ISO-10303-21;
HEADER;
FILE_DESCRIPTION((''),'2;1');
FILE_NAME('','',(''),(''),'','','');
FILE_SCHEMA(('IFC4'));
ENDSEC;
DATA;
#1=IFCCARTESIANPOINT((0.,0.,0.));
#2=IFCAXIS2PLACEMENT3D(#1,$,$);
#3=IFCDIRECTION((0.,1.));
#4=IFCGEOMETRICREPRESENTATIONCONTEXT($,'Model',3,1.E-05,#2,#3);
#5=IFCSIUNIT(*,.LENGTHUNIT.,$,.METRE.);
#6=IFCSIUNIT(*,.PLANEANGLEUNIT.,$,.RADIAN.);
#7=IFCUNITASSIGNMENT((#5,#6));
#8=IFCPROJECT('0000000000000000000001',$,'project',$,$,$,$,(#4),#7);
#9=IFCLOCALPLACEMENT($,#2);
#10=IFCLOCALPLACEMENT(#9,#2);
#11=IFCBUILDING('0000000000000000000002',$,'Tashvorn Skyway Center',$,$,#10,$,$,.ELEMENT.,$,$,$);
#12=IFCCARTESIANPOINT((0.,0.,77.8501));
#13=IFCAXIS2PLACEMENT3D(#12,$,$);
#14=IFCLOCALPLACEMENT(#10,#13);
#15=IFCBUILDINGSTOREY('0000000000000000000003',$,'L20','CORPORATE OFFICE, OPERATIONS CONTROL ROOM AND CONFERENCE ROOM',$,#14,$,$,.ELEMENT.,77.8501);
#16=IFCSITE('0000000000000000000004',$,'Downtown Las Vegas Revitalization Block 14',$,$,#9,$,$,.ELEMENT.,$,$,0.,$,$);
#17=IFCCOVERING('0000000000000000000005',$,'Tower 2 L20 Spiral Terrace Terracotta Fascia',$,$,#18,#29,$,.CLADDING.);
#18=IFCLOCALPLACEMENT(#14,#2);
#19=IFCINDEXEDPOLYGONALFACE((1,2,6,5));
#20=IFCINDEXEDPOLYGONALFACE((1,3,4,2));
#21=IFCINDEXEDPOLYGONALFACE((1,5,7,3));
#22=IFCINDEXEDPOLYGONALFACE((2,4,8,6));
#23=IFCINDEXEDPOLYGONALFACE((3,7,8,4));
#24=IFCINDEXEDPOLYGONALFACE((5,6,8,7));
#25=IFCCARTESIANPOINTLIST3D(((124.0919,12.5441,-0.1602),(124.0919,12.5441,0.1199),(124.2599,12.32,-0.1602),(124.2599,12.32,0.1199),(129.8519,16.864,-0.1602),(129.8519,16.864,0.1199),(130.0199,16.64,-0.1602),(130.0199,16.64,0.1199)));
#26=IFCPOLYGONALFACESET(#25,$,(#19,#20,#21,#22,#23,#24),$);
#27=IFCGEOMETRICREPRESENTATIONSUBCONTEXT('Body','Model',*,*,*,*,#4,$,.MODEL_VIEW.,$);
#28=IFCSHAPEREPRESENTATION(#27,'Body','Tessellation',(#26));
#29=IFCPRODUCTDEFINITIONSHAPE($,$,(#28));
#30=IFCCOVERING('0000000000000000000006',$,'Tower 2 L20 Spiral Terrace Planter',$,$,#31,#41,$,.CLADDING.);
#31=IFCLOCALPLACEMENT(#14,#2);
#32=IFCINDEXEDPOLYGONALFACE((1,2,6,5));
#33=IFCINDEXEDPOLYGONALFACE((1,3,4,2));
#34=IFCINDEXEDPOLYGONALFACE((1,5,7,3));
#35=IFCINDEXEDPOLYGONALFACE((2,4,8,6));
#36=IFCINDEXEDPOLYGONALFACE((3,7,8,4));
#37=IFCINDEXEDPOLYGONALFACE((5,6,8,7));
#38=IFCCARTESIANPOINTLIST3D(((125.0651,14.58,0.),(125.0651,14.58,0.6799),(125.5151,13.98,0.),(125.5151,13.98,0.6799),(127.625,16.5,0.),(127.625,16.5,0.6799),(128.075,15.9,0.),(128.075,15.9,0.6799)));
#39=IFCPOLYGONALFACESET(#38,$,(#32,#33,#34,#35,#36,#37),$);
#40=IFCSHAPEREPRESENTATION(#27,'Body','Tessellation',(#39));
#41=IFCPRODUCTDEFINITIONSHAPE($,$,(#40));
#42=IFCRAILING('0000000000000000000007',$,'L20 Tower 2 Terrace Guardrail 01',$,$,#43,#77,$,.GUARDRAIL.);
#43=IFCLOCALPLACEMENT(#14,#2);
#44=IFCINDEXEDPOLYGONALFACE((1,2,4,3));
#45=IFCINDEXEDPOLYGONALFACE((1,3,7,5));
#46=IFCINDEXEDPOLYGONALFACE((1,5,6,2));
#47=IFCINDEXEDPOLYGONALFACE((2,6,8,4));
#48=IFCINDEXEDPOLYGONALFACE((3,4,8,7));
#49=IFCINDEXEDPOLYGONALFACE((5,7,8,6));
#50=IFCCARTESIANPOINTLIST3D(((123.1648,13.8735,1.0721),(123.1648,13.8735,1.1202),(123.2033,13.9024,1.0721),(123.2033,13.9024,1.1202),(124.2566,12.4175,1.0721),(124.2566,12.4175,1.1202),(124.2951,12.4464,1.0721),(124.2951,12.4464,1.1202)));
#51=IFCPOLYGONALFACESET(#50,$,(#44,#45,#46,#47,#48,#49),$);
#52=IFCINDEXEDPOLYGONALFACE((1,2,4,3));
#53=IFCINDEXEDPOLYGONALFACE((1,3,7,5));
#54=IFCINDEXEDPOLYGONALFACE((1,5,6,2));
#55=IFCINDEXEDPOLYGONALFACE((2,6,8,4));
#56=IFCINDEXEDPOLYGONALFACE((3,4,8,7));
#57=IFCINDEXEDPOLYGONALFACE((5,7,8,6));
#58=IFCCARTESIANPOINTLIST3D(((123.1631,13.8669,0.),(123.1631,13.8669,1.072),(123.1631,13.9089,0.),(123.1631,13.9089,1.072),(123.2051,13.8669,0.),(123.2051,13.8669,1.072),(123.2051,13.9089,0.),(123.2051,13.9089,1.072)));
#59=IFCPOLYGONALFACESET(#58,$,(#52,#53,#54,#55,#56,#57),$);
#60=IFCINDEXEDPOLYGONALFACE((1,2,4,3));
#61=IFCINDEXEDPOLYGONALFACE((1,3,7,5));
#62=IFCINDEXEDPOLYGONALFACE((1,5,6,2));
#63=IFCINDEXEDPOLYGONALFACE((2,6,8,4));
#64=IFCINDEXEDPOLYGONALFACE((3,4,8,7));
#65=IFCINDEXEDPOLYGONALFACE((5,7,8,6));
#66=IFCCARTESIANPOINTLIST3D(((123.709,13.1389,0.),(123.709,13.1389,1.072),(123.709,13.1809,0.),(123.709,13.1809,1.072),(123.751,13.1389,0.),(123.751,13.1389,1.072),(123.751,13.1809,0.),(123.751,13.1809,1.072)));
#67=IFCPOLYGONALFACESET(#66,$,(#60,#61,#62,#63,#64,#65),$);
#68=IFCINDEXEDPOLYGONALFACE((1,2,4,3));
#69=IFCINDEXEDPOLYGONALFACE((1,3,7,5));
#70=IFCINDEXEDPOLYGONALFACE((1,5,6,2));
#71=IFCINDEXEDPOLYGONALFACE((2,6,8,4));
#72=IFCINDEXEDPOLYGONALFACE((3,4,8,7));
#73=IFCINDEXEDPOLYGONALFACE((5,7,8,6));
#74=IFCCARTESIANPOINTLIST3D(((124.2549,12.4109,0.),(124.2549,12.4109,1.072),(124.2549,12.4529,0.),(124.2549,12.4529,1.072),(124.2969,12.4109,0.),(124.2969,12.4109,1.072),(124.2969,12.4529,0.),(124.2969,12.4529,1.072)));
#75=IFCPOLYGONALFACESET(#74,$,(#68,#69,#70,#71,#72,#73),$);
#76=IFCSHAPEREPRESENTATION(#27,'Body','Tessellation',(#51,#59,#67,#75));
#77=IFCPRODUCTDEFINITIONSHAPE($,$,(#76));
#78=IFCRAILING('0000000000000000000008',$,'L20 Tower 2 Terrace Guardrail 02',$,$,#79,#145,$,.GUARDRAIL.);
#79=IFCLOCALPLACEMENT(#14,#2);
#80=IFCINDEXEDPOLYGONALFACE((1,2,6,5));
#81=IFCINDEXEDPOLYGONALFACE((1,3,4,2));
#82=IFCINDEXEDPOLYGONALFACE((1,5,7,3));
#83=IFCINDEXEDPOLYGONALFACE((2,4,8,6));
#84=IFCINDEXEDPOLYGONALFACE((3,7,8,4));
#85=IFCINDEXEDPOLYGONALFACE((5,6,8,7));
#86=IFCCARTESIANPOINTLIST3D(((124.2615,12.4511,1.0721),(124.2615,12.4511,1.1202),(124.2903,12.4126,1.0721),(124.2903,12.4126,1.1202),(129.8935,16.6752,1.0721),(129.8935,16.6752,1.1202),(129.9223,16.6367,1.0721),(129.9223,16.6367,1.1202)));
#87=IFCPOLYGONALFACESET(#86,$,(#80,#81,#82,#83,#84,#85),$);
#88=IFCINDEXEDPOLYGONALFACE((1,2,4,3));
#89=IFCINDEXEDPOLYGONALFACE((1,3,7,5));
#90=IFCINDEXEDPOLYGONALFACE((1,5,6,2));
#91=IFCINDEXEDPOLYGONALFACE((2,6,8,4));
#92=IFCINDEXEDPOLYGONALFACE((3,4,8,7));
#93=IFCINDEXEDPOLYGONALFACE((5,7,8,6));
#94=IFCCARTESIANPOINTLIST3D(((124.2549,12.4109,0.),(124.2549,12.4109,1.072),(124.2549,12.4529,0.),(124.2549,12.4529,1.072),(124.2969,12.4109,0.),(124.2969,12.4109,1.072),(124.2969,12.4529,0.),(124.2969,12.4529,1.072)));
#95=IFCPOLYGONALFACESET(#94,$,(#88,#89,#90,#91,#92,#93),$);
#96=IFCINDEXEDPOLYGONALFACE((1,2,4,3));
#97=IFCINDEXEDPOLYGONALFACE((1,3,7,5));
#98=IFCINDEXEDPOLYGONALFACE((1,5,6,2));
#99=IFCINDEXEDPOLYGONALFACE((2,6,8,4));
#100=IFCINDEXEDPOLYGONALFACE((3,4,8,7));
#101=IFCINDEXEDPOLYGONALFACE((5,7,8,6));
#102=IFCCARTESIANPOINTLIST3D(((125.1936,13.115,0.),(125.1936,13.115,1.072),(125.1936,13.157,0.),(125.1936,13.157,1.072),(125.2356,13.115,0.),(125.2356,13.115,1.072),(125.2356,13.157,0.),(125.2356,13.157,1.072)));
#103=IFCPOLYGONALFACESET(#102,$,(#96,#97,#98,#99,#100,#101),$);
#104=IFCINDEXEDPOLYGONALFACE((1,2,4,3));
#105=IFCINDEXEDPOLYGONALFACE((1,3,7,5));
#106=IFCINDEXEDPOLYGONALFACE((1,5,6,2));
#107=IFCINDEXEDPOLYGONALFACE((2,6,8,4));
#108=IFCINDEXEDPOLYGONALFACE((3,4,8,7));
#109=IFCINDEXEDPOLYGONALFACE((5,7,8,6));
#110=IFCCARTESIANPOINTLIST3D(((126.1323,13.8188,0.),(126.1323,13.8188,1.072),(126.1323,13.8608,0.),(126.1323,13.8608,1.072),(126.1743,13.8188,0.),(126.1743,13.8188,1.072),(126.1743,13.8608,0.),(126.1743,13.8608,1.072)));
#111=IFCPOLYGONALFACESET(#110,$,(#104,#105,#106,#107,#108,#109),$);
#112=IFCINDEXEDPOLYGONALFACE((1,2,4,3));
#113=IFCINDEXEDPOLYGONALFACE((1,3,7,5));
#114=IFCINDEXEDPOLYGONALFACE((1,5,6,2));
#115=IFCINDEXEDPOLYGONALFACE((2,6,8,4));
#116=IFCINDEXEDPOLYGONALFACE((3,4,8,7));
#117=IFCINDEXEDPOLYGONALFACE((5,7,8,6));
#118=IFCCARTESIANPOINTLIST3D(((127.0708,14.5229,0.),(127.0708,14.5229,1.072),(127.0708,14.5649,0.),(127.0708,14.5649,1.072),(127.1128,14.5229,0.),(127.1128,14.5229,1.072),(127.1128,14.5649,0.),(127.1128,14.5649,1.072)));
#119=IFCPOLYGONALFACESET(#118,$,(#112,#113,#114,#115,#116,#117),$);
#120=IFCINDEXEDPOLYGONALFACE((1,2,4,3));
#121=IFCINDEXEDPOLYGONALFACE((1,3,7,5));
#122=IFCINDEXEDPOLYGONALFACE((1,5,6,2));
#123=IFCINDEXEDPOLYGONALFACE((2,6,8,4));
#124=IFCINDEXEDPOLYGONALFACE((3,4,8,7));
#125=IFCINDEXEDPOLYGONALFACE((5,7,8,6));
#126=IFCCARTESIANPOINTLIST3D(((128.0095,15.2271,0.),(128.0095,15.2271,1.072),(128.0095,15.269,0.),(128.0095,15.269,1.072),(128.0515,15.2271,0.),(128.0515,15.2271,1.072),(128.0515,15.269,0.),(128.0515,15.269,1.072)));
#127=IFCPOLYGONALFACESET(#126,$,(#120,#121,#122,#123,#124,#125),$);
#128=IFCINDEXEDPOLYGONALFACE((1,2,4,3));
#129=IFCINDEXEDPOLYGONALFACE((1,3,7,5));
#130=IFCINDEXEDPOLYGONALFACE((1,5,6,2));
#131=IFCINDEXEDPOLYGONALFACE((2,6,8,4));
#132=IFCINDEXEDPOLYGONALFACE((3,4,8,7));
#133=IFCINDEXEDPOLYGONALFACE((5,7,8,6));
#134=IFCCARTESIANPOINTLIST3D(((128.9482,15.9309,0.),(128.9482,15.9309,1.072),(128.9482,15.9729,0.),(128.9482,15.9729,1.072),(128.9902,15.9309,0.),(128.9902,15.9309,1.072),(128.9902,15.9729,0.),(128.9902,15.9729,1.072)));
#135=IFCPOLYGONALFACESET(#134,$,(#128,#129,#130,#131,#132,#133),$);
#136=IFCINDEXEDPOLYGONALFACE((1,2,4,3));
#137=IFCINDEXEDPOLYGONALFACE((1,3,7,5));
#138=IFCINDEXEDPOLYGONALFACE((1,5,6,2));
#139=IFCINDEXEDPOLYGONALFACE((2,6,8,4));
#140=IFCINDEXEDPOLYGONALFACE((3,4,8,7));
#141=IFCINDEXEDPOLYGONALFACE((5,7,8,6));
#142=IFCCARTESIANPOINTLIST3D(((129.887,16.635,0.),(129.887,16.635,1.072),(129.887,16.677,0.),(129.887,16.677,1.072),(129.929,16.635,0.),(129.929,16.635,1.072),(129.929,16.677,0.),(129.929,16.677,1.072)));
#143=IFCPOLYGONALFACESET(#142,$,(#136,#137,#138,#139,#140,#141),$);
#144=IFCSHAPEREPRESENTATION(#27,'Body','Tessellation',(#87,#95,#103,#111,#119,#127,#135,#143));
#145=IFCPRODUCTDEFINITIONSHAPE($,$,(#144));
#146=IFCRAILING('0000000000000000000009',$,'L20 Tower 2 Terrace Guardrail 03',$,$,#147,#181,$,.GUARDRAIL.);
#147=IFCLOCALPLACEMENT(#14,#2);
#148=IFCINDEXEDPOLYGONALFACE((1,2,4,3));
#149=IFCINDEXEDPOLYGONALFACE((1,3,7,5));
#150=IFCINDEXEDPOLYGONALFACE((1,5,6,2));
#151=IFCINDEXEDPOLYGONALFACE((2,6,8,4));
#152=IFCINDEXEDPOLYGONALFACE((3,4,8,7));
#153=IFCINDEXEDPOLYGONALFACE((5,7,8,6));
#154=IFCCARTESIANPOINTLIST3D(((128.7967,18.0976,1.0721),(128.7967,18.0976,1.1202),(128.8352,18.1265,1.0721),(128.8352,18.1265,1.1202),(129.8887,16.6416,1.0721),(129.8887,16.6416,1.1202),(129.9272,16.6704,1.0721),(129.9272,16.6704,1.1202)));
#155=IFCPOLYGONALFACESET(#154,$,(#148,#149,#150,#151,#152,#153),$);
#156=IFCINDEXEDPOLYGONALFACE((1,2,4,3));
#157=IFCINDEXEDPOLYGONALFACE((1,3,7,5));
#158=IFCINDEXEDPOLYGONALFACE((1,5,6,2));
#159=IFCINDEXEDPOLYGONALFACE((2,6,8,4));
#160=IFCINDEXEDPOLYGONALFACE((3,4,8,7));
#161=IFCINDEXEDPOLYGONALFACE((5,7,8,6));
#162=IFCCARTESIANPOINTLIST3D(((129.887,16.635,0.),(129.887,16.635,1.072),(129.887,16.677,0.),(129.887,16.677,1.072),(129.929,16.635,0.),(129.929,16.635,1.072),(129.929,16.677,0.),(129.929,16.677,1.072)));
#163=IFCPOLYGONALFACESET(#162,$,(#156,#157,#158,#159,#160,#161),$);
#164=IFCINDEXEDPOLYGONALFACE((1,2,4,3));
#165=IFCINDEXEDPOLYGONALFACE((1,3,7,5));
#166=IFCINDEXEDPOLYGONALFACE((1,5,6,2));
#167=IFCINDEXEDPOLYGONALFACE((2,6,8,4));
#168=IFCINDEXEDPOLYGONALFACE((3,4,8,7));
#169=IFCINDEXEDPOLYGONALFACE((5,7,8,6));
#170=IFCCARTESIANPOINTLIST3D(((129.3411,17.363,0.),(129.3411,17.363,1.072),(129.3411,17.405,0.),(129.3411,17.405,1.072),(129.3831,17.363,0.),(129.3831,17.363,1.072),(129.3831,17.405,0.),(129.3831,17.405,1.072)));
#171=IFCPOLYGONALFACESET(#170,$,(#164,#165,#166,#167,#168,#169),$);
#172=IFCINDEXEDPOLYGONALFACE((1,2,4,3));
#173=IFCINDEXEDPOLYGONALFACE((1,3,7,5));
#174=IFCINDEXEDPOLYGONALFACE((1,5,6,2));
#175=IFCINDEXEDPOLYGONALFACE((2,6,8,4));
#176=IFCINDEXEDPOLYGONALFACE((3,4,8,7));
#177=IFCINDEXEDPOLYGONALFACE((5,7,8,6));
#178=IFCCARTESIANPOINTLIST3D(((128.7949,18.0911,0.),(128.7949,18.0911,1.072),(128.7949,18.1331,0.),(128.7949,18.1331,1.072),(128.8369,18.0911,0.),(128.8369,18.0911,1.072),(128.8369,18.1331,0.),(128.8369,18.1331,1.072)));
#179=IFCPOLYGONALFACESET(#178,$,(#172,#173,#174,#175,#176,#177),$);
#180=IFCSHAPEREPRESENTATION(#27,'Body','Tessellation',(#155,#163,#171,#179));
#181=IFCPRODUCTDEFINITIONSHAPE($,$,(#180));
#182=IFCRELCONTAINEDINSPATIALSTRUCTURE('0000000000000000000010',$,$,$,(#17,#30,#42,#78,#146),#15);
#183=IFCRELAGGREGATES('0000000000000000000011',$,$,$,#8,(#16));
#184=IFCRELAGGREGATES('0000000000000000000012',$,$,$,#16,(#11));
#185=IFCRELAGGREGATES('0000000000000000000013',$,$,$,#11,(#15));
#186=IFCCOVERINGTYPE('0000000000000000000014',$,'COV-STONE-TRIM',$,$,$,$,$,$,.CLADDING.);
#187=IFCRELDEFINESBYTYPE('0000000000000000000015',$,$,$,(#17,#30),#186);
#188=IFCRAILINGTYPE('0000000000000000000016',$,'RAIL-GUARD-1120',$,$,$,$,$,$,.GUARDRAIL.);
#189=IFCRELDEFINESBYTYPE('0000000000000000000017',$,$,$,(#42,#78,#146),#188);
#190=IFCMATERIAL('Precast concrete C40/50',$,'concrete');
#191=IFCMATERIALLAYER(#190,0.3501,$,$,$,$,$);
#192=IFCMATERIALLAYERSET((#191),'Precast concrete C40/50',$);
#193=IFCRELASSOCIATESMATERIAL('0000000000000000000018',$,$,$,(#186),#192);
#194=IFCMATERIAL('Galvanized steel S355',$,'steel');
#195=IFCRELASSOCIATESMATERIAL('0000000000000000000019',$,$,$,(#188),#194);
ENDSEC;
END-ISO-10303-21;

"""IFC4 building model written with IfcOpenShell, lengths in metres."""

from ifc_helpers import new_model, si_unit, direction, frame, origin, origin_2d, place, context, subcontext, project, spatial, rectangle, extrude, material, layer, layer_set, type_object, element, save


model = new_model("IFC4")

# Units and contexts
model_context = context("Model", 3, precision=1e-05, world=origin(), true_north=direction((0.0, 1.0)))
body_context = subcontext(model_context, "Body", "Model", "MODEL_VIEW")
ifc_project = project(units=[si_unit("LENGTHUNIT", "METRE"), si_unit("PLANEANGLEUNIT", "RADIAN")], contexts=[model_context])

# Site, building, storey
site_placement = place(None, origin())
site = spatial("IfcSite", under=ifc_project, at=site_placement, Name="Downtown Las Vegas Revitalization Block 14", CompositionType="ELEMENT", RefElevation=0.0)
building_placement = place(site_placement, origin())
building = spatial("IfcBuilding", under=site, at=building_placement, Name="Tashvorn Skyway Center", CompositionType="ELEMENT")
storey_placement = place(building_placement, frame((0.0, 0.0, 77.8501)))
storey = spatial("IfcBuildingStorey", under=building, at=storey_placement, Name="L20", Description="CORPORATE OFFICE, OPERATIONS CONTROL ROOM AND CONFERENCE ROOM", CompositionType="ELEMENT", Elevation=77.8501)

# Shared definitions
ifc_material_1 = material(Name="Precast concrete C40/50", Category="concrete")

# Coverings
ifc_layer_1 = layer(ifc_material_1, 0.3501)
ifc_layer_set_1 = layer_set([ifc_layer_1], Name="Precast concrete C40/50")
covering_type_1 = type_object("IfcCoveringType", Name="COV-STONE-TRIM", PredefinedType="CLADDING", material=ifc_layer_set_1)
covering_1_placement = place(storey_placement, frame((127.0559, 14.592, -0.1602), z_axis=(0.0, 0.0, 1.0), x_axis=(-0.8, -0.6, 0.0)))
element("IfcCovering", 1, at=covering_1_placement, inside=storey, type_object=covering_type_1, Name="Tower 2 L20 Spiral Terrace Terracotta Fascia", PredefinedType="CLADDING", context=body_context, shape_type="SweptSolid", body=[
    extrude(rectangle(XDim=7.2, YDim=0.28, at=origin_2d()), origin(), (0.0, 0.0, 1.0), 0.28),
])
covering_2_placement = place(storey_placement, frame((126.5701, 15.24, 0.0), z_axis=(0.0, 0.0, 1.0), x_axis=(-0.8, -0.6, 0.0)))
element("IfcCovering", 2, at=covering_2_placement, inside=storey, type_object=covering_type_1, Name="Tower 2 L20 Spiral Terrace Planter", PredefinedType="CLADDING", context=body_context, shape_type="SweptSolid", body=[
    extrude(rectangle(XDim=3.2, YDim=0.75, at=origin_2d()), origin(), (0.0, 0.0, 1.0), 0.6799),
])

# Railings
ifc_material_2 = material(Name="Galvanized steel S355", Category="steel")
railing_type = type_object("IfcRailingType", Name="RAIL-GUARD-1120", PredefinedType="GUARDRAIL", material=ifc_material_2)
railing_1_placement = place(storey_placement, frame((123.1841, 13.8879, 0.0)))
element("IfcRailing", 3, at=railing_1_placement, inside=storey, type_object=railing_type, Name="L20 Tower 2 Terrace Guardrail 01", PredefinedType="GUARDRAIL", context=body_context, shape_type="SweptSolid", body=[
    extrude(rectangle(XDim=0.0481, YDim=0.0481, at=origin_2d()), frame((0.0, 0.0, 1.0962), z_axis=(0.599914, -0.800064, 0.0), x_axis=(0.800064, 0.599914, 0.0)), (0.0, 0.0, 1.0), 1.8198),
    extrude(rectangle(XDim=0.042, YDim=0.042, at=origin_2d()), origin(), (0.0, 0.0, 1.0), 1.072),
    extrude(rectangle(XDim=0.042, YDim=0.042, at=origin_2d()), frame((0.5459, -0.728, 0.0)), (0.0, 0.0, 1.0), 1.072),
    extrude(rectangle(XDim=0.042, YDim=0.042, at=origin_2d()), frame((1.0918, -1.4561, 0.0)), (0.0, 0.0, 1.0), 1.072),
])
railing_2_placement = place(storey_placement, frame((124.2759, 12.4319, 0.0)))
element("IfcRailing", 4, at=railing_2_placement, inside=storey, type_object=railing_type, Name="L20 Tower 2 Terrace Guardrail 02", PredefinedType="GUARDRAIL", context=body_context, shape_type="SweptSolid", body=[
    extrude(rectangle(XDim=0.0481, YDim=0.0481, at=origin_2d()), frame((0.0, 0.0, 1.0962), z_axis=(0.799996, 0.600006, 0.0), x_axis=(-0.600006, 0.799996, 0.0)), (0.0, 0.0, 1.0), 7.04),
    extrude(rectangle(XDim=0.042, YDim=0.042, at=origin_2d()), origin(), (0.0, 0.0, 1.0), 1.072),
    extrude(rectangle(XDim=0.042, YDim=0.042, at=origin_2d()), frame((0.9387, 0.7041, 0.0)), (0.0, 0.0, 1.0), 1.072),
    extrude(rectangle(XDim=0.042, YDim=0.042, at=origin_2d()), frame((1.8774, 1.408, 0.0)), (0.0, 0.0, 1.0), 1.072),
    extrude(rectangle(XDim=0.042, YDim=0.042, at=origin_2d()), frame((2.8159, 2.1121, 0.0)), (0.0, 0.0, 1.0), 1.072),
    extrude(rectangle(XDim=0.042, YDim=0.042, at=origin_2d()), frame((3.7546, 2.8162, 0.0)), (0.0, 0.0, 1.0), 1.072),
    extrude(rectangle(XDim=0.042, YDim=0.042, at=origin_2d()), frame((4.6934, 3.52, 0.0)), (0.0, 0.0, 1.0), 1.072),
    extrude(rectangle(XDim=0.042, YDim=0.042, at=origin_2d()), frame((5.6321, 4.2241, 0.0)), (0.0, 0.0, 1.0), 1.072),
])
railing_3_placement = place(storey_placement, frame((129.908, 16.656, 0.0)))
element("IfcRailing", 5, at=railing_3_placement, inside=storey, type_object=railing_type, Name="L20 Tower 2 Terrace Guardrail 03", PredefinedType="GUARDRAIL", context=body_context, shape_type="SweptSolid", body=[
    extrude(rectangle(XDim=0.0481, YDim=0.0481, at=origin_2d()), frame((0.0, 0.0, 1.0962), z_axis=(-0.6, 0.8, 0.0), x_axis=(-0.8, -0.6, 0.0)), (0.0, 0.0, 1.0), 1.8201),
    extrude(rectangle(XDim=0.042, YDim=0.042, at=origin_2d()), origin(), (0.0, 0.0, 1.0), 1.072),
    extrude(rectangle(XDim=0.042, YDim=0.042, at=origin_2d()), frame((-0.5459, 0.728, 0.0)), (0.0, 0.0, 1.0), 1.072),
    extrude(rectangle(XDim=0.042, YDim=0.042, at=origin_2d()), frame((-1.092, 1.4561, 0.0)), (0.0, 0.0, 1.0), 1.072),
])

save(model, "model.ifc")
